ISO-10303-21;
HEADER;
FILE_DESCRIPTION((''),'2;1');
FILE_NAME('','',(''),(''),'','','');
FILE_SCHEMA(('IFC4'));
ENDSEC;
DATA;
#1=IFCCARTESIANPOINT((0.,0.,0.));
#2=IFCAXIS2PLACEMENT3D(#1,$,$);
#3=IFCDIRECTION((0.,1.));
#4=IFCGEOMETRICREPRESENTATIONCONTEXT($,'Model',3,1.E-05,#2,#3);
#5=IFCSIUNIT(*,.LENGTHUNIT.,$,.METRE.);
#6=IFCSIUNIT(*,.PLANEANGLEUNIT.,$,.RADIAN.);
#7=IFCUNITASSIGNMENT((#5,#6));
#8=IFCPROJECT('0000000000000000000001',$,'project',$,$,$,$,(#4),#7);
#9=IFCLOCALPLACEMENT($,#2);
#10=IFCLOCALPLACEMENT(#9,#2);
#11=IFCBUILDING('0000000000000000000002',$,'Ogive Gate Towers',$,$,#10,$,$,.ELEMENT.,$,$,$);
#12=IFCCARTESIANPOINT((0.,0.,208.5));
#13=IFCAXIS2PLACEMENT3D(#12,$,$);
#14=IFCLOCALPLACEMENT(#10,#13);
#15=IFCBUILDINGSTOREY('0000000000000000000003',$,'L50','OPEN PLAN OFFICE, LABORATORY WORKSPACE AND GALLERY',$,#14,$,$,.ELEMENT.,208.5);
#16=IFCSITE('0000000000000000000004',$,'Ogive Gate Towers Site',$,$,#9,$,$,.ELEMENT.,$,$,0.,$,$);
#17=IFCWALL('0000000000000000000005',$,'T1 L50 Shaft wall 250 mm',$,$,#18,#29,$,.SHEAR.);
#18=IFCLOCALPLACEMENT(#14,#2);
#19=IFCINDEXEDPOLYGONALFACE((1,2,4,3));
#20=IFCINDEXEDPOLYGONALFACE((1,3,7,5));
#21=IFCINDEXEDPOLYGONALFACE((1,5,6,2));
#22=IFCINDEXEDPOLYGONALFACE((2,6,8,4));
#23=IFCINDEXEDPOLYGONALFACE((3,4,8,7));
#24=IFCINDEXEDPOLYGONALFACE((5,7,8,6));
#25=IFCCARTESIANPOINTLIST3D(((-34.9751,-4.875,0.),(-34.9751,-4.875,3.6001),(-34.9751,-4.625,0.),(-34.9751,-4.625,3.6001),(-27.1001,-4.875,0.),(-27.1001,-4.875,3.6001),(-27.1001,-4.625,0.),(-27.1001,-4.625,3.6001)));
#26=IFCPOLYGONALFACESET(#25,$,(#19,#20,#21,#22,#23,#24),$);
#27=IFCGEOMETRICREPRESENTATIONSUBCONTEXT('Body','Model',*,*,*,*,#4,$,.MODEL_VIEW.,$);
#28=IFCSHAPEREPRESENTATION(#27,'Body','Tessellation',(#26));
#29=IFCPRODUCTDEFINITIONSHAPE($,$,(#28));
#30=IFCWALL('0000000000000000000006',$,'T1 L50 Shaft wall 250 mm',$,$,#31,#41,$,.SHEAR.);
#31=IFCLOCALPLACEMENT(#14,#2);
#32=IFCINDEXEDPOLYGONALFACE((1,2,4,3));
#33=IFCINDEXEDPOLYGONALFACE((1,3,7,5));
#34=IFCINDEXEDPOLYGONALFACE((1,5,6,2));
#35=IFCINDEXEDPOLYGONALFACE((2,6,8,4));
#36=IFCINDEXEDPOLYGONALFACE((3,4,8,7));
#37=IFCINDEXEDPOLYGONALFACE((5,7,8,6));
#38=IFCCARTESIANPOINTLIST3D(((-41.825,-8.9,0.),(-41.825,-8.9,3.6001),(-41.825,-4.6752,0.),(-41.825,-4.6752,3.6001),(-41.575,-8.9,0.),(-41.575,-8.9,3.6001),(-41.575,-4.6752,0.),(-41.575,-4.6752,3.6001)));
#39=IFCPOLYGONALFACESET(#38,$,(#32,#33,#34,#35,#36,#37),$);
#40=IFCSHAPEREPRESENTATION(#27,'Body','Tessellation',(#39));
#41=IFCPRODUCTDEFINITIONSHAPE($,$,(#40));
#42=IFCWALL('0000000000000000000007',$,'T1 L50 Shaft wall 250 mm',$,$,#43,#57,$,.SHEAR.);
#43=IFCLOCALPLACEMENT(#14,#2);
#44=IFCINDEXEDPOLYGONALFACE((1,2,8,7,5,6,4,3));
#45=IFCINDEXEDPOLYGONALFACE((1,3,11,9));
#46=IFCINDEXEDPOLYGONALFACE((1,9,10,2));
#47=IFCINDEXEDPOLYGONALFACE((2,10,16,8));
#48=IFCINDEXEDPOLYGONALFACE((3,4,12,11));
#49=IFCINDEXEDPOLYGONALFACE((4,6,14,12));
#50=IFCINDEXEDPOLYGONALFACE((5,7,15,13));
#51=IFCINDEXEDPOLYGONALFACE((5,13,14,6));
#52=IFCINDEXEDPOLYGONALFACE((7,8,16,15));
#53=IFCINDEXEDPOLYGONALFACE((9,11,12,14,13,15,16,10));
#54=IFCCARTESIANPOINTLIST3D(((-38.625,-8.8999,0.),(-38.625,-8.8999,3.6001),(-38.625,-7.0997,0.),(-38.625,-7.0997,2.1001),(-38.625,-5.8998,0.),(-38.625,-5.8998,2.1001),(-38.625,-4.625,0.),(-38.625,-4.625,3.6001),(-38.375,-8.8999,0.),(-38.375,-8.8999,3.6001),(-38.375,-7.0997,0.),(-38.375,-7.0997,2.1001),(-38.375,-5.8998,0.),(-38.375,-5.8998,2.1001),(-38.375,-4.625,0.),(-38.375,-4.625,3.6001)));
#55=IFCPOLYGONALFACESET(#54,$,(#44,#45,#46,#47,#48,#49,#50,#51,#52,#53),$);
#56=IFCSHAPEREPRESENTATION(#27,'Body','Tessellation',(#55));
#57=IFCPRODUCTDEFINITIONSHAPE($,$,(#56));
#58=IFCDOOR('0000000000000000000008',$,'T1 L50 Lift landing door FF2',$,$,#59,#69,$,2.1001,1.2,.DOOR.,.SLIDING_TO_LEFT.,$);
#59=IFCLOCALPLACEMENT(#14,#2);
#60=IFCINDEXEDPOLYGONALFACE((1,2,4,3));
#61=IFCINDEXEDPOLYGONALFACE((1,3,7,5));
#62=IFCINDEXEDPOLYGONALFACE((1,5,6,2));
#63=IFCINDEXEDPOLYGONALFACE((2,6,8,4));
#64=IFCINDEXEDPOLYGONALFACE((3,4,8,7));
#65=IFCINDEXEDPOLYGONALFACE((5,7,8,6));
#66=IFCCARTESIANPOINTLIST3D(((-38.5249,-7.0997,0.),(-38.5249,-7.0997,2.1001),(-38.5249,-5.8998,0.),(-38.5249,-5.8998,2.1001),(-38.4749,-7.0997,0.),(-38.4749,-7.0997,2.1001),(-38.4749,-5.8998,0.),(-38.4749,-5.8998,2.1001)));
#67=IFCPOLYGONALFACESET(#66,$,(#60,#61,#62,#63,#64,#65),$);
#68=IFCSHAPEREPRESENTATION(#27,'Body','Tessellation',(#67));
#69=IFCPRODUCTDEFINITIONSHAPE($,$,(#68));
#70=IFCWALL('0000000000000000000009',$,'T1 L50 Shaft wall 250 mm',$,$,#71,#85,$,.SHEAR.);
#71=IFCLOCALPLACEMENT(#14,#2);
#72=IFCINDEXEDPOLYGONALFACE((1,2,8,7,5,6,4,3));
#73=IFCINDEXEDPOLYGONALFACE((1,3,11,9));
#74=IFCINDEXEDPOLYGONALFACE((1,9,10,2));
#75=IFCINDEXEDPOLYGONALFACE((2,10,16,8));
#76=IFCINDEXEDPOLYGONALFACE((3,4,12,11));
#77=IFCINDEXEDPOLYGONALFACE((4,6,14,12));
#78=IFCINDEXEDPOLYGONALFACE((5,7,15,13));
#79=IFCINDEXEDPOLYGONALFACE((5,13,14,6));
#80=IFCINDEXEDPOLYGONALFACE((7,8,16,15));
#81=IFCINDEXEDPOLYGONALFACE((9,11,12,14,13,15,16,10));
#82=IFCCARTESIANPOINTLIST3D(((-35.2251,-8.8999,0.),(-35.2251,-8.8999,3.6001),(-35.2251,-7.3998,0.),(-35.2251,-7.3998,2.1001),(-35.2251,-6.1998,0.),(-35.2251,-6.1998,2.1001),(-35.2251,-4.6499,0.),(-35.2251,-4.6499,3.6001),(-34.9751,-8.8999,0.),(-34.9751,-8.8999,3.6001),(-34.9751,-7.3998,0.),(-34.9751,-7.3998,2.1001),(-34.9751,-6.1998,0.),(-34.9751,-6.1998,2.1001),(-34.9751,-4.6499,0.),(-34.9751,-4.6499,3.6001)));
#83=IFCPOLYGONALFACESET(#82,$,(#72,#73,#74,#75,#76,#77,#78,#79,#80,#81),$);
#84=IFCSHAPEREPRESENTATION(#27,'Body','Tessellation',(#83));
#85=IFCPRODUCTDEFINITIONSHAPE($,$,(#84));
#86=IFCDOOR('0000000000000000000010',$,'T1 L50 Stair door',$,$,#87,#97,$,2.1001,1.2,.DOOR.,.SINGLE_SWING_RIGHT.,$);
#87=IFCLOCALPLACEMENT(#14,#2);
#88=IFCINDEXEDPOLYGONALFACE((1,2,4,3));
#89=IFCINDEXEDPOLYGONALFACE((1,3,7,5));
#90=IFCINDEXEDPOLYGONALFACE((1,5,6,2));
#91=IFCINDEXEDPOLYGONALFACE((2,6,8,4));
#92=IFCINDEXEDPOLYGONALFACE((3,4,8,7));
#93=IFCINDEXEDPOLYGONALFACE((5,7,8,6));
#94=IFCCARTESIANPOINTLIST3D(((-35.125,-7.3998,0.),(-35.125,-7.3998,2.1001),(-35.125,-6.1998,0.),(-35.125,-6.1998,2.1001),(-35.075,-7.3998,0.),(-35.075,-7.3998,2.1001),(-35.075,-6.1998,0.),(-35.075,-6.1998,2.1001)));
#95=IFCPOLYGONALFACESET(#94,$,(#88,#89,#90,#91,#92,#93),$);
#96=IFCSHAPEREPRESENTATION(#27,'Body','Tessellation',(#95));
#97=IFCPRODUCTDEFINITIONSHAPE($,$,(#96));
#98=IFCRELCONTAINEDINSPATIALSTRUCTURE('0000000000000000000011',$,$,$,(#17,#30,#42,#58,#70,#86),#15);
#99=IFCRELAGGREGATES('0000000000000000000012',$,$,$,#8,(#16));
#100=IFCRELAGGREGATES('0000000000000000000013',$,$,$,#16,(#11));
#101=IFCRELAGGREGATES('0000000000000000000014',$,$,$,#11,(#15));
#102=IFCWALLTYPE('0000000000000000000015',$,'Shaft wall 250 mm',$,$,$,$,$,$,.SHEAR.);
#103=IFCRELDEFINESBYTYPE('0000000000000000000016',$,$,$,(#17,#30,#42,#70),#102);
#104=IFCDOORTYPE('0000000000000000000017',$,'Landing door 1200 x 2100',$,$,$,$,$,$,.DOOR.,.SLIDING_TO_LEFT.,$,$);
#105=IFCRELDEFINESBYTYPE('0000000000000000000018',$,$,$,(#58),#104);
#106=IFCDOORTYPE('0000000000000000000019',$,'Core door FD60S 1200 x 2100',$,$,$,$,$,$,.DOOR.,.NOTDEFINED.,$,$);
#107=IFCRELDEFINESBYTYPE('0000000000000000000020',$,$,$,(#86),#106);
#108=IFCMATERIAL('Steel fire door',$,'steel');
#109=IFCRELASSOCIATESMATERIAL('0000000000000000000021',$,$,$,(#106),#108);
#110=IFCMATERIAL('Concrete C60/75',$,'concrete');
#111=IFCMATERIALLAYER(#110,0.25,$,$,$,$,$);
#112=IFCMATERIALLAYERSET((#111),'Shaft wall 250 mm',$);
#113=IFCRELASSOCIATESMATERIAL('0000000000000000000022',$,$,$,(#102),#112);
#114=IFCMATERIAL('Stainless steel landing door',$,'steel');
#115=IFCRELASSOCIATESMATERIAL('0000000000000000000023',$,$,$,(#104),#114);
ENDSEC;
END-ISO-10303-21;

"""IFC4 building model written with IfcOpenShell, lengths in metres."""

from ifc_helpers import new_model, si_unit, direction, frame, frame_2d, origin, place, context, subcontext, project, spatial, rectangle, extrude, material, layer, layer_set, type_object, element, fill, save


model = new_model("IFC4")

# Units and contexts
model_context = context("Model", 3, precision=1e-05, world=origin(), true_north=direction((0.0, 1.0)))
body_context = subcontext(model_context, "Body", "Model", "MODEL_VIEW")
ifc_project = project(units=[si_unit("LENGTHUNIT", "METRE"), si_unit("PLANEANGLEUNIT", "RADIAN")], contexts=[model_context])

# Site, building, storey
site_placement = place(None, origin())
site = spatial("IfcSite", under=ifc_project, at=site_placement, Name="Ogive Gate Towers Site", CompositionType="ELEMENT", RefElevation=0.0)
building_placement = place(site_placement, origin())
building = spatial("IfcBuilding", under=site, at=building_placement, Name="Ogive Gate Towers", CompositionType="ELEMENT")
storey_placement = place(building_placement, frame((0.0, 0.0, 208.5)))
storey = spatial("IfcBuildingStorey", under=building, at=storey_placement, Name="L50", Description="OPEN PLAN OFFICE, LABORATORY WORKSPACE AND GALLERY", CompositionType="ELEMENT", Elevation=208.5)

# Shared definitions
ifc_material_1 = material(Name="Concrete C60/75", Category="concrete")
ifc_material_2 = material(Name="Steel fire door", Category="steel")
door_type_1 = type_object("IfcDoorType", Name="Core door FD60S 1200 x 2100", OperationType="NOTDEFINED", PredefinedType="DOOR", material=ifc_material_2)

# Walls
ifc_layer_1 = layer(ifc_material_1, 0.25)
ifc_layer_set_1 = layer_set([ifc_layer_1], Name="Shaft wall 250 mm")
wall_type_1 = type_object("IfcWallType", Name="Shaft wall 250 mm", PredefinedType="SHEAR", material=ifc_layer_set_1)
wall_1_placement = place(storey_placement, frame((-34.9751, -4.75, 0.0), z_axis=(0.0, 0.0, 1.0), x_axis=(1.0, 0.0, 0.0)))
element("IfcWall", 1, at=wall_1_placement, inside=storey, type_object=wall_type_1, Name="T1 L50 Shaft wall 250 mm", PredefinedType="SHEAR", context=body_context, shape_type="SweptSolid", body=[
    extrude(rectangle(XDim=7.875, YDim=0.25, at=frame_2d((3.9375, 0.0))), origin(), (0.0, 0.0, 1.0), 3.6001),
])
wall_2_placement = place(storey_placement, frame((-41.7, -8.8999, 0.0), z_axis=(0.0, 0.0, 1.0), x_axis=(0.0, 1.0, 0.0)))
element("IfcWall", 2, at=wall_2_placement, inside=storey, type_object=wall_type_1, Name="T1 L50 Shaft wall 250 mm", PredefinedType="SHEAR", context=body_context, shape_type="SweptSolid", body=[
    extrude(rectangle(XDim=4.2249, YDim=0.25, at=frame_2d((2.1123, 0.0))), origin(), (0.0, 0.0, 1.0), 3.6001),
])

# Walls, openings, doors
wall_3_placement = place(storey_placement, frame((-38.5, -8.8999, 0.0), z_axis=(0.0, 0.0, 1.0), x_axis=(0.0, 1.0, 0.0)))
wall_3 = element("IfcWall", 3, at=wall_3_placement, inside=storey, type_object=wall_type_1, Name="T1 L50 Shaft wall 250 mm", PredefinedType="SHEAR", context=body_context, shape_type="SweptSolid", body=[
    extrude(rectangle(XDim=4.2749, YDim=0.25, at=frame_2d((2.1375, 0.0))), origin(), (0.0, 0.0, 1.0), 3.6001),
])
opening_1_placement = place(wall_3_placement, frame((1.8, 0.0, 0.0)))
opening_1 = element("IfcOpeningElement", 4, at=opening_1_placement, cuts=wall_3, PredefinedType="OPENING", context=body_context, shape_type="SweptSolid", body=[
    extrude(rectangle(XDim=1.2, YDim=2.1001, at=frame_2d((0.6001, 1.05))), frame((0.0, 0.135, 0.0), z_axis=(0.0, -1.0, 0.0), x_axis=(1.0, 0.0, 0.0)), (0.0, 0.0, 1.0), 0.27),
])
ifc_material_3 = material(Name="Stainless steel landing door", Category="steel")
door_type_2 = type_object("IfcDoorType", Name="Landing door 1200 x 2100", OperationType="SLIDING_TO_LEFT", PredefinedType="DOOR", material=ifc_material_3)
door_1_placement = place(opening_1_placement, origin())
door_1 = element("IfcDoor", 5, at=door_1_placement, inside=storey, type_object=door_type_2, Name="T1 L50 Lift landing door FF2", OperationType="SLIDING_TO_LEFT", OverallHeight=2.1001, OverallWidth=1.2, PredefinedType="DOOR", context=body_context, shape_type="SweptSolid", body=[
    extrude(rectangle(XDim=1.2, YDim=2.1001, at=frame_2d((0.6001, 1.05))), frame((0.0, 0.0249, 0.0), z_axis=(0.0, -1.0, 0.0), x_axis=(1.0, 0.0, 0.0)), (0.0, 0.0, 1.0), 0.05),
])
fill(opening_1, door_1)
wall_4_placement = place(storey_placement, frame((-35.1001, -8.8999, 0.0), z_axis=(0.0, 0.0, 1.0), x_axis=(0.0, 1.0, 0.0)))
wall_4 = element("IfcWall", 6, at=wall_4_placement, inside=storey, type_object=wall_type_1, Name="T1 L50 Shaft wall 250 mm", PredefinedType="SHEAR", context=body_context, shape_type="SweptSolid", body=[
    extrude(rectangle(XDim=4.25, YDim=0.25, at=frame_2d((2.125, 0.0))), origin(), (0.0, 0.0, 1.0), 3.6001),
])
opening_2_placement = place(wall_4_placement, frame((1.5, 0.0, 0.0)))
opening_2 = element("IfcOpeningElement", 7, at=opening_2_placement, cuts=wall_4, PredefinedType="OPENING", context=body_context, shape_type="SweptSolid", body=[
    extrude(rectangle(XDim=1.2, YDim=2.1001, at=frame_2d((0.6001, 1.05))), frame((0.0, 0.135, 0.0), z_axis=(0.0, -1.0, 0.0), x_axis=(1.0, 0.0, 0.0)), (0.0, 0.0, 1.0), 0.27),
])
door_2_placement = place(opening_2_placement, origin())
door_2 = element("IfcDoor", 8, at=door_2_placement, inside=storey, type_object=door_type_1, Name="T1 L50 Stair door", OperationType="SINGLE_SWING_RIGHT", OverallHeight=2.1001, OverallWidth=1.2, PredefinedType="DOOR", context=body_context, shape_type="SweptSolid", body=[
    extrude(rectangle(XDim=1.2, YDim=2.1001, at=frame_2d((0.6001, 1.05))), frame((0.0, 0.0249, 0.0), z_axis=(0.0, -1.0, 0.0), x_axis=(1.0, 0.0, 0.0)), (0.0, 0.0, 1.0), 0.05),
])
fill(opening_2, door_2)

save(model, "model.ifc")
